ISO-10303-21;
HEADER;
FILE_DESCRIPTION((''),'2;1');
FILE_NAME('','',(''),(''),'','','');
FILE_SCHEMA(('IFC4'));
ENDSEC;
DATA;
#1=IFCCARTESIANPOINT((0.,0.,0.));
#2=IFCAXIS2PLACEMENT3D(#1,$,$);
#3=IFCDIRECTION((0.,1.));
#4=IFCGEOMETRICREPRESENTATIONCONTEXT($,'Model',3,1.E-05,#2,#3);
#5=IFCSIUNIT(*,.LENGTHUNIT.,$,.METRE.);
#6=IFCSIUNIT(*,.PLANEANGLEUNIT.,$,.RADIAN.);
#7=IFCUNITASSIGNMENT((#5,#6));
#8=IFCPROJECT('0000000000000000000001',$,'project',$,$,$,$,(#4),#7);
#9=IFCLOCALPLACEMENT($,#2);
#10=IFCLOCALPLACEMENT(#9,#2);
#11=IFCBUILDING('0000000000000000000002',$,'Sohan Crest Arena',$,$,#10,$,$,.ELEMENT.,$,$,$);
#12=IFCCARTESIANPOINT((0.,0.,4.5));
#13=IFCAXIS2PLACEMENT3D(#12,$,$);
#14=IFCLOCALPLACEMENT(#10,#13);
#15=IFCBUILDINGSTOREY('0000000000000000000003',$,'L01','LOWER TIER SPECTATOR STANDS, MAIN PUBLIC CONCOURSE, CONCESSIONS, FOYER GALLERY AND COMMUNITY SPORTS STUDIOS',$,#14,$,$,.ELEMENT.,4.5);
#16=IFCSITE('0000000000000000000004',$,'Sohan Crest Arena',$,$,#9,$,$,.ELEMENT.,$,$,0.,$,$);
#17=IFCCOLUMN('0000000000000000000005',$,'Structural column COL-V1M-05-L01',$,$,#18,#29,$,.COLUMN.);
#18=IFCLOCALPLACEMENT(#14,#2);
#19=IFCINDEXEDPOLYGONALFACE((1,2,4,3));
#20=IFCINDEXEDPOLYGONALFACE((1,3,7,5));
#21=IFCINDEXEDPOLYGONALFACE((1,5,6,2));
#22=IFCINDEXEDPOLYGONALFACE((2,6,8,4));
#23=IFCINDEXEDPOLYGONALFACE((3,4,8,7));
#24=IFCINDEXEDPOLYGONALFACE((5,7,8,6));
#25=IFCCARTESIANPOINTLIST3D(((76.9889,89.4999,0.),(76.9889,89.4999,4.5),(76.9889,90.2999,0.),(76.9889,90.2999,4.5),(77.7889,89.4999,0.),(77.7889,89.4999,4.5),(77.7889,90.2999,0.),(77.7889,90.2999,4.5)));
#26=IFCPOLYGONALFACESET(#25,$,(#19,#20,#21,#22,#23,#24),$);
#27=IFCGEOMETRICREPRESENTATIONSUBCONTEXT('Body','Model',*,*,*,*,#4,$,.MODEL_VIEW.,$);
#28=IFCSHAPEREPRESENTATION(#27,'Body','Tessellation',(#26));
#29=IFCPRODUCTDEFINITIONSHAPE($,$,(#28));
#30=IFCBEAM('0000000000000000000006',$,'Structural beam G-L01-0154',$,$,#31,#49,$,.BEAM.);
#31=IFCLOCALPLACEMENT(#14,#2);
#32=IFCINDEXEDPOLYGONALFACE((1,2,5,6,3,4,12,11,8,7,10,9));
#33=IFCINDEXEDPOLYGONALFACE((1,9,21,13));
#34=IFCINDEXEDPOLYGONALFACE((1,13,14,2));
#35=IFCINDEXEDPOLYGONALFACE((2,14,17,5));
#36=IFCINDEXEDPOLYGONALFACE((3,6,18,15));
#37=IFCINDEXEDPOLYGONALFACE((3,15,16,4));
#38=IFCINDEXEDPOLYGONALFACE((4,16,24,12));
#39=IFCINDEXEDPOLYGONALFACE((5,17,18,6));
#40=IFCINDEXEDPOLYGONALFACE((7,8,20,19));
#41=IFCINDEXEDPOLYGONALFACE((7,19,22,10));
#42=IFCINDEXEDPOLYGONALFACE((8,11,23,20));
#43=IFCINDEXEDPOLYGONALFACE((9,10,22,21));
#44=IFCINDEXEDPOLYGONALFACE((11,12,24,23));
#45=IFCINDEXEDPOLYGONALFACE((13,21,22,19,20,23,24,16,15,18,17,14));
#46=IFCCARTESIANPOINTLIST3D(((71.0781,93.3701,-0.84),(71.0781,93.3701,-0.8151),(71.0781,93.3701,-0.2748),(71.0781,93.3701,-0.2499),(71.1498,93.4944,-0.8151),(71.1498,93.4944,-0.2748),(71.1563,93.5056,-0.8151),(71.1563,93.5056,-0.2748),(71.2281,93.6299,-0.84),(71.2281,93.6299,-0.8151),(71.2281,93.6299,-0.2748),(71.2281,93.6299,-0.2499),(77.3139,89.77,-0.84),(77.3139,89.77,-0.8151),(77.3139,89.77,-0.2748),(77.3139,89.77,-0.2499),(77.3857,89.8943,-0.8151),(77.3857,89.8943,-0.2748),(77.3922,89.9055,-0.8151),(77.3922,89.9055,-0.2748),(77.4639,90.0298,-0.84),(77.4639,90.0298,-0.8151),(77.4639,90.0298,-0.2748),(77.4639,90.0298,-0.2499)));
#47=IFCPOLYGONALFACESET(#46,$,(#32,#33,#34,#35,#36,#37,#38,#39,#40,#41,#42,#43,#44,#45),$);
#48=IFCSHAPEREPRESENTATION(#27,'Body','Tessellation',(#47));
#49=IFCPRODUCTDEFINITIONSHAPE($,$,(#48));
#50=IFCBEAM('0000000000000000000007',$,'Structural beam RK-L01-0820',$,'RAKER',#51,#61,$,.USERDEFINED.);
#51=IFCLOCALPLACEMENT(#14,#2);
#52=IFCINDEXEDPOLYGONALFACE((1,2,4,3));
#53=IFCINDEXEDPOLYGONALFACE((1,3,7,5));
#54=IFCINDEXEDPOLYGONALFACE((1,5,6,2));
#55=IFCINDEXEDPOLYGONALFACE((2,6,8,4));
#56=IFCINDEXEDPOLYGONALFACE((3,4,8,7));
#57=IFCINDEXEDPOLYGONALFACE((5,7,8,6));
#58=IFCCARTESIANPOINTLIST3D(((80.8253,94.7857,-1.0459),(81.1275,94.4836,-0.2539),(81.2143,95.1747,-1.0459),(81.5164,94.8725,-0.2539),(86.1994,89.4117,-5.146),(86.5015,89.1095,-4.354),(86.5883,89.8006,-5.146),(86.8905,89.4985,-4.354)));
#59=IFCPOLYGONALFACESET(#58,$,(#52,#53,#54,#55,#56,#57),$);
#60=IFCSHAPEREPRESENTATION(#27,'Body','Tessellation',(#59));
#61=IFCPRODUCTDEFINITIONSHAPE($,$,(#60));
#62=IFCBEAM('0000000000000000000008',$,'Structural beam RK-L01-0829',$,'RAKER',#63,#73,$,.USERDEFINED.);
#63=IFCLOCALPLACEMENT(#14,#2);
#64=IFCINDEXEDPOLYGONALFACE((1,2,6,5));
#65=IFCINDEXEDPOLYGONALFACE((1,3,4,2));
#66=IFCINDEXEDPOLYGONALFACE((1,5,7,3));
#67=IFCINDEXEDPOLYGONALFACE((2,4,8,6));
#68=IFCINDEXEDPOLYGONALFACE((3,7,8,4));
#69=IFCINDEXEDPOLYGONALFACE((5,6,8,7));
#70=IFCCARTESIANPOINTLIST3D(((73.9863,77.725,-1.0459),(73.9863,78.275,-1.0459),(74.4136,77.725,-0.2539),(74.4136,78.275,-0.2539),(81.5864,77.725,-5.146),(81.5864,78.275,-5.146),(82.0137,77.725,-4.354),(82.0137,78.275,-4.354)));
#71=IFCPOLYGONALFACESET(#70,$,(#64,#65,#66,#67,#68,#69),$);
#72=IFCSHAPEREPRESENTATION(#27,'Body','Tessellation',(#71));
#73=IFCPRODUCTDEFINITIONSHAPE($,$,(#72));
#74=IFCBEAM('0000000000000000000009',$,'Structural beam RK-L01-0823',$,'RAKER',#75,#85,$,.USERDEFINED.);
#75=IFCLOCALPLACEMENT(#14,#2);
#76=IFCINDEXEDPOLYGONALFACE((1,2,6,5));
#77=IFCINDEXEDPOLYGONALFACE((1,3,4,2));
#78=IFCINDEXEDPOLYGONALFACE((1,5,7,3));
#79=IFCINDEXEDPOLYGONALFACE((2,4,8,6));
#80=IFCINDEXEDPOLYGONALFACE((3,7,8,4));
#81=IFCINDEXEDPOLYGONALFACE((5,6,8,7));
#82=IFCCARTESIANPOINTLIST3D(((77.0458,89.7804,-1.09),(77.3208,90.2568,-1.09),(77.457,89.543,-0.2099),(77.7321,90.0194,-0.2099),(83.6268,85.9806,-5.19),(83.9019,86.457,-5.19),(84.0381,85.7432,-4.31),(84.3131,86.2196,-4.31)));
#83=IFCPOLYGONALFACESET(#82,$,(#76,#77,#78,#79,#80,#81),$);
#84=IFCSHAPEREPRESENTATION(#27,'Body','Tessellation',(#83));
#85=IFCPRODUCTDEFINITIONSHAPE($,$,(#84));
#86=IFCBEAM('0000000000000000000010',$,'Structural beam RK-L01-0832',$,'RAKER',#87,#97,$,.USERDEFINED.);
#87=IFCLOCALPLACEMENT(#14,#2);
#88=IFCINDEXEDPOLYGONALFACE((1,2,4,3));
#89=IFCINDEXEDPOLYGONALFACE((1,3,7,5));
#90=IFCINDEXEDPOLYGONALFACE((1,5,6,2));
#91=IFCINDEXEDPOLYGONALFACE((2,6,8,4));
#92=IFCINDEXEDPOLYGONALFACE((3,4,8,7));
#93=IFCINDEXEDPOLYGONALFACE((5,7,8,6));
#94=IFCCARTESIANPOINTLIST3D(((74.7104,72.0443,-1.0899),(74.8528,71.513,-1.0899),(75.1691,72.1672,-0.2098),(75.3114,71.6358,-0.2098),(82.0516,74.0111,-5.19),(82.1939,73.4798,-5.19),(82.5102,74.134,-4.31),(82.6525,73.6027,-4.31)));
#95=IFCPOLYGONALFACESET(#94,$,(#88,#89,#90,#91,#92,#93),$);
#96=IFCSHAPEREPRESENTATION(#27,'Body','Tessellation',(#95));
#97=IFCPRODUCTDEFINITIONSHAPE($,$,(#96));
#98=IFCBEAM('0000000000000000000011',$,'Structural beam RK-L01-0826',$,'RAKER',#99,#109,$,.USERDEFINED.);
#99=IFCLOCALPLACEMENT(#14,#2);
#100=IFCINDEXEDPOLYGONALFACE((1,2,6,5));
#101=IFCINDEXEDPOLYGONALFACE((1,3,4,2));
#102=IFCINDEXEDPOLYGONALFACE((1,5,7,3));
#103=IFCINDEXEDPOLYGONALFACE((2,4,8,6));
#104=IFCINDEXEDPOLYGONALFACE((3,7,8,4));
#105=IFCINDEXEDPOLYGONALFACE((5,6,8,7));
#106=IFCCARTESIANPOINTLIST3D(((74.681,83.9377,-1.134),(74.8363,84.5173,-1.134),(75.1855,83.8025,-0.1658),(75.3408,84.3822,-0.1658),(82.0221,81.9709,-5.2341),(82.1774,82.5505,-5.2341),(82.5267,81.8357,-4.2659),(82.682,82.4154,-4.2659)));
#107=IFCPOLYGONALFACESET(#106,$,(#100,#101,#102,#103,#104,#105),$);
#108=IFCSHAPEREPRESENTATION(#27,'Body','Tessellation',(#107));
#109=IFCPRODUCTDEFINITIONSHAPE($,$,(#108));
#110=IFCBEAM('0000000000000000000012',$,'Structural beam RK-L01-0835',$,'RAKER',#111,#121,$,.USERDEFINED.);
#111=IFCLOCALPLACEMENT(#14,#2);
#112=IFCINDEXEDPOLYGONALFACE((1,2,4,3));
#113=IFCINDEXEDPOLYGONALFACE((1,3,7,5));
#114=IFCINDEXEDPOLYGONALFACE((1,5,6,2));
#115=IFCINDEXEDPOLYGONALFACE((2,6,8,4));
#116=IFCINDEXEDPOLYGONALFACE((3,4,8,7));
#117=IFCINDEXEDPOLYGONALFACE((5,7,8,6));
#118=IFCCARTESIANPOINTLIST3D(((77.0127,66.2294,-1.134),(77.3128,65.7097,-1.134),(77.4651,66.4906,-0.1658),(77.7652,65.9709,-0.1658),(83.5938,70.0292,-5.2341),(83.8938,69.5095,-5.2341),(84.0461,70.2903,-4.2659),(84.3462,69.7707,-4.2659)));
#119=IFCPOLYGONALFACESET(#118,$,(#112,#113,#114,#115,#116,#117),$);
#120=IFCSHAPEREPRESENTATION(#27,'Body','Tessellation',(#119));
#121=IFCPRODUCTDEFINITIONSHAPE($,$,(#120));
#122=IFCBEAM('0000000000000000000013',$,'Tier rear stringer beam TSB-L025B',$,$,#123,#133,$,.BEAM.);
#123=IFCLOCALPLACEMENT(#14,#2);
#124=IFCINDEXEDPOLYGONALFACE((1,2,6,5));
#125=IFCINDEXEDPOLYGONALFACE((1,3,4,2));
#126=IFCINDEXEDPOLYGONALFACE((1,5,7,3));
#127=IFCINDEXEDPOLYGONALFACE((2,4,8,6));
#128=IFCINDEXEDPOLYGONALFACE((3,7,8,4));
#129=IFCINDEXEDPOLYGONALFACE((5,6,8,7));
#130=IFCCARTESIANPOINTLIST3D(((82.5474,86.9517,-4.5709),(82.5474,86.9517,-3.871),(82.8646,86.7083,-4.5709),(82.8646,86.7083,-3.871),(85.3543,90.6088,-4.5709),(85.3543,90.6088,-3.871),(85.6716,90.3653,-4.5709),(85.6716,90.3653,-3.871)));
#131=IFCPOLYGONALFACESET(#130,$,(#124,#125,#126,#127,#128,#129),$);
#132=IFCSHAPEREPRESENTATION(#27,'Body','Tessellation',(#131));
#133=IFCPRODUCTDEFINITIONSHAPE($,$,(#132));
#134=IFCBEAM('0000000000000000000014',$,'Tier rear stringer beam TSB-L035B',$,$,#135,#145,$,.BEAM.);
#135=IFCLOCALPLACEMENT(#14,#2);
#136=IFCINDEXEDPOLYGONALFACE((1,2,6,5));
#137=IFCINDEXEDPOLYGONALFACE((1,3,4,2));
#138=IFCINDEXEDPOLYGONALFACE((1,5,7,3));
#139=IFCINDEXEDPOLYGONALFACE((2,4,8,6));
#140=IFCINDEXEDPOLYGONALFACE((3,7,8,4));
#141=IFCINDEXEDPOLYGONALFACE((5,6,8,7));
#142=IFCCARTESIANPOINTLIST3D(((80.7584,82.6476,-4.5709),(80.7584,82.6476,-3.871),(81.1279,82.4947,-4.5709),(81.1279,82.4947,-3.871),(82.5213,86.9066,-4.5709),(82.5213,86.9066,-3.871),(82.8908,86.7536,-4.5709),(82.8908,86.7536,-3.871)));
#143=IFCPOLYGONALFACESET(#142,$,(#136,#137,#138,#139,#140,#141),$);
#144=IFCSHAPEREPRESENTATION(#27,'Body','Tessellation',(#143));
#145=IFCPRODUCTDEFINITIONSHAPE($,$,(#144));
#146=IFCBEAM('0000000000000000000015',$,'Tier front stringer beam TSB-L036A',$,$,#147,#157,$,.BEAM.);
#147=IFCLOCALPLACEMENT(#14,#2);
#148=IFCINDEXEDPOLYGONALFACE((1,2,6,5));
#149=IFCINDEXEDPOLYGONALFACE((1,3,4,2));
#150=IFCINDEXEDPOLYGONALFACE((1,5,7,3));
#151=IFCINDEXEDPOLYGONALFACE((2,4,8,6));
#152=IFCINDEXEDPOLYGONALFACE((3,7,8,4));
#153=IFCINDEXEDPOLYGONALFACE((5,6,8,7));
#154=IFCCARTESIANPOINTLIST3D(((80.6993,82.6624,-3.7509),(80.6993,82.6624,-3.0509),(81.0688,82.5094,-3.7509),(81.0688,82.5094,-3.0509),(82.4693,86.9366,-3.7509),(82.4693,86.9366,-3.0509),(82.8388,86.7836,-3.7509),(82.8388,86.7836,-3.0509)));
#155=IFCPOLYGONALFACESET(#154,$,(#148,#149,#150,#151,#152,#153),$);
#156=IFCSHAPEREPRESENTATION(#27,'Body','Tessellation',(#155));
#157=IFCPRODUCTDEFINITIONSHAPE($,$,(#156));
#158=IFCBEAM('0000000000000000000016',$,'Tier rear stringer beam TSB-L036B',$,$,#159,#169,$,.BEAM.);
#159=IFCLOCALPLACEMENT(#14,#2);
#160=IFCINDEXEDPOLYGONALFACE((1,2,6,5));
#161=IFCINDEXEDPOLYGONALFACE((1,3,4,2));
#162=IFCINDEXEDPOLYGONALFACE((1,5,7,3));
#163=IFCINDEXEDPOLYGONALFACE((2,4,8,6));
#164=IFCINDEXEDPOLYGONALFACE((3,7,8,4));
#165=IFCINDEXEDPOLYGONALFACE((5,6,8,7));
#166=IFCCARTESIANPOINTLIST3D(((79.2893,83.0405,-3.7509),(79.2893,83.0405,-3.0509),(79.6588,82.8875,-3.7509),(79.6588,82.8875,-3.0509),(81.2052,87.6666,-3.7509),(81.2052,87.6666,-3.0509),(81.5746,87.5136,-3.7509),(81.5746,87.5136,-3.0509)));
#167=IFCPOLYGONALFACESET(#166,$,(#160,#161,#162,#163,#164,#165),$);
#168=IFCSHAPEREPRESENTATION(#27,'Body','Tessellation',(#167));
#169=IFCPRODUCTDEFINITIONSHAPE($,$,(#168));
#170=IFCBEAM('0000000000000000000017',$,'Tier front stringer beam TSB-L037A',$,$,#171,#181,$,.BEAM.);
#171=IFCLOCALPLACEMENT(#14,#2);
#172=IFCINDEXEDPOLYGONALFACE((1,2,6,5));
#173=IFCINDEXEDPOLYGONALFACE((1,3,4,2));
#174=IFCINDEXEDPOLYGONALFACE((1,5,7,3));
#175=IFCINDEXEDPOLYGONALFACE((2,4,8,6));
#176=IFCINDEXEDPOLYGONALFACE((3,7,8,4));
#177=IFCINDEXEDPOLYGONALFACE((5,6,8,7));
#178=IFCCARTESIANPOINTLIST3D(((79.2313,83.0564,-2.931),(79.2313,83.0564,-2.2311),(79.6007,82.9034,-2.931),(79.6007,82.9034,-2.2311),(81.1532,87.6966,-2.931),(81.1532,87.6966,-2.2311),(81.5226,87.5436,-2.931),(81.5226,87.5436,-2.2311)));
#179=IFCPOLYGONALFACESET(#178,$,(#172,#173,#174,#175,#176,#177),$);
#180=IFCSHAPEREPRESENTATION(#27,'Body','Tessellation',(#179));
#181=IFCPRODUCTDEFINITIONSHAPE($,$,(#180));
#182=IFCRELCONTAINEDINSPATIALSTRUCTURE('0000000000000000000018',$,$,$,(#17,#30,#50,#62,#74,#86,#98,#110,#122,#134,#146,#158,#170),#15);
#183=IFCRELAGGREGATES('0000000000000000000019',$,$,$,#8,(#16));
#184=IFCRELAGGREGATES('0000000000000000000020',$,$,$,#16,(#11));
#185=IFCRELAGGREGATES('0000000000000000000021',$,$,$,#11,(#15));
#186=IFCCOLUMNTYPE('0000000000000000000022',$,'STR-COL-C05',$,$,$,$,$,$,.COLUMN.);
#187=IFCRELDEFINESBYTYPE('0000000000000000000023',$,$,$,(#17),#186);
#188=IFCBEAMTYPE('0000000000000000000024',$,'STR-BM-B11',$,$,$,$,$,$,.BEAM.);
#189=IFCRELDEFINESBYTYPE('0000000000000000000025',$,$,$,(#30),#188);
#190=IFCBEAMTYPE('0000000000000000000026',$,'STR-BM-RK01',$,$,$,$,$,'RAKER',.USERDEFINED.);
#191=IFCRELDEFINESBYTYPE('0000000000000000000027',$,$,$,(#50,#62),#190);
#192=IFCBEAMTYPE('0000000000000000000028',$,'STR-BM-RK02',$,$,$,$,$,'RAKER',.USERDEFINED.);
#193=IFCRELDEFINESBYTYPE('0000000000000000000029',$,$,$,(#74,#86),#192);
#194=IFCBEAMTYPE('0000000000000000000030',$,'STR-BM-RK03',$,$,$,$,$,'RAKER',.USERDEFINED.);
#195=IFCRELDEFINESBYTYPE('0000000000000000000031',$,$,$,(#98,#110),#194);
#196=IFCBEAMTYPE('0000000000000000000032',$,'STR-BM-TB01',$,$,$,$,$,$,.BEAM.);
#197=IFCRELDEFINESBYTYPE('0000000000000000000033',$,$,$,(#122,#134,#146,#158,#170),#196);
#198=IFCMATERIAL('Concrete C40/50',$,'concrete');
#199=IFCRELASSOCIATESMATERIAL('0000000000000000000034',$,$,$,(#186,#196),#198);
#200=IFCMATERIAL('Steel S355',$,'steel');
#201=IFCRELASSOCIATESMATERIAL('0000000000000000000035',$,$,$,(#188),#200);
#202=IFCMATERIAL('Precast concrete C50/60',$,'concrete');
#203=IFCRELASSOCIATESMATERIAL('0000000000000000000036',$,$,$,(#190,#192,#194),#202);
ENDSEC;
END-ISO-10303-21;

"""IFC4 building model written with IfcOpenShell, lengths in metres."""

from ifc_helpers import new_model, si_unit, direction, frame, origin, origin_2d, place, context, subcontext, project, spatial, rectangle, i_section, extrude, material, material_profile, profile_set, type_object, element, save


model = new_model("IFC4")

# Units and contexts
model_context = context("Model", 3, precision=1e-05, world=origin(), true_north=direction((0.0, 1.0)))
body_context = subcontext(model_context, "Body", "Model", "MODEL_VIEW")
ifc_project = project(units=[si_unit("LENGTHUNIT", "METRE"), si_unit("PLANEANGLEUNIT", "RADIAN")], contexts=[model_context])

# Site, building, storey
site_placement = place(None, origin())
site = spatial("IfcSite", under=ifc_project, at=site_placement, Name="Sohan Crest Arena", CompositionType="ELEMENT", RefElevation=0.0)
building_placement = place(site_placement, origin())
building = spatial("IfcBuilding", under=site, at=building_placement, Name="Sohan Crest Arena", CompositionType="ELEMENT")
storey_placement = place(building_placement, frame((0.0, 0.0, 4.5)))
storey = spatial("IfcBuildingStorey", under=building, at=storey_placement, Name="L01", Description="LOWER TIER SPECTATOR STANDS, MAIN PUBLIC CONCOURSE, CONCESSIONS, FOYER GALLERY AND COMMUNITY SPORTS STUDIOS", CompositionType="ELEMENT", Elevation=4.5)

# Column
ifc_material_1 = material(Name="Concrete C40/50", Category="concrete")
ifc_material_profile_1 = material_profile(ifc_material_1, rectangle(XDim=0.8, YDim=0.8, at=origin_2d()), Name="RC 800x800")
ifc_profile_set_1 = profile_set([ifc_material_profile_1], Name="Concrete C40/50")
column_type = type_object("IfcColumnType", Name="STR-COL-C05", PredefinedType="COLUMN", material=ifc_profile_set_1)
column_placement = place(storey_placement, frame((77.3889, 89.8999, 0.0), z_axis=(0.0, 0.0, 1.0), x_axis=(1.0, 0.0, 0.0)))
element("IfcColumn", 1, at=column_placement, inside=storey, type_object=column_type, Name="Structural column COL-V1M-05-L01", PredefinedType="COLUMN", context=body_context, shape_type="SweptSolid", body=[
    extrude(rectangle(XDim=0.8, YDim=0.8, at=origin_2d()), origin(), (0.0, 0.0, 1.0), 4.5),
])

# Beams
ifc_material_2 = material(Name="Steel S355", Category="steel")
ifc_material_profile_2 = material_profile(ifc_material_2, i_section(OverallWidth=0.3, OverallDepth=0.5901, WebThickness=0.0129, FlangeThickness=0.0249, at=origin_2d()), Name="HEA 600")
ifc_profile_set_2 = profile_set([ifc_material_profile_2], Name="Steel S355")
beam_type_1 = type_object("IfcBeamType", Name="STR-BM-B11", PredefinedType="BEAM", material=ifc_profile_set_2)
beam_1_placement = place(storey_placement, frame((77.3889, 89.8999, -0.5449), z_axis=(-0.866035, 0.499983, 0.0), x_axis=(-0.499983, -0.866035, 0.0)))
element("IfcBeam", 2, at=beam_1_placement, inside=storey, type_object=beam_type_1, Name="Structural beam G-L01-0154", PredefinedType="BEAM", context=body_context, shape_type="SweptSolid", body=[
    extrude(i_section(OverallWidth=0.3, OverallDepth=0.5901, WebThickness=0.0129, FlangeThickness=0.0249, at=origin_2d()), origin(), (0.0, 0.0, 1.0), 7.2004),
])
ifc_material_3 = material(Name="Precast concrete C50/60", Category="concrete")
ifc_material_profile_3 = material_profile(ifc_material_3, rectangle(XDim=0.55, YDim=0.8999, at=origin_2d()), Name="RAKER 550x900")
ifc_profile_set_3 = profile_set([ifc_material_profile_3], Name="Precast concrete C50/60")
beam_type_2 = type_object("IfcBeamType", Name="STR-BM-RK01", ElementType="RAKER", PredefinedType="USERDEFINED", material=ifc_profile_set_3)
for number, where, z_axis, x_axis, name in (
    (3, (86.5449, 89.4551, -4.75), (-0.622321, 0.622321, 0.474798), (-0.707107, -0.707107, 0.0), "Structural beam RK-L01-0820"),
    (4, (81.8, 78.0, -4.75), (-0.880097, 0.0, 0.474794), (0.0, -1.0, 0.0), "Structural beam RK-L01-0829"),
):
    element("IfcBeam", number, at=place(storey_placement, frame(where, z_axis=z_axis, x_axis=x_axis)), inside=storey, type_object=beam_type_2, Name=name, ObjectType="RAKER", PredefinedType="USERDEFINED", context=body_context, shape_type="SweptSolid", body=[
        extrude(rectangle(XDim=0.55, YDim=0.8999, at=origin_2d()), origin(), (0.0, 0.0, 1.0), 8.6355),
    ])
ifc_material_profile_4 = material_profile(ifc_material_3, rectangle(XDim=0.55, YDim=1.0, at=origin_2d()), Name="RAKER 550x1000")
ifc_profile_set_4 = profile_set([ifc_material_profile_4], Name="Precast concrete C50/60")
beam_type_3 = type_object("IfcBeamType", Name="STR-BM-RK02", ElementType="RAKER", PredefinedType="USERDEFINED", material=ifc_profile_set_4)
beam_2_placement = place(storey_placement, frame((83.97, 86.1001, -4.75), z_axis=(-0.762156, 0.440058, 0.474835), x_axis=(-0.500023, -0.866012, 0.0)))
element("IfcBeam", 5, at=beam_2_placement, inside=storey, type_object=beam_type_3, Name="Structural beam RK-L01-0823", ObjectType="RAKER", PredefinedType="USERDEFINED", context=body_context, shape_type="SweptSolid", body=[
    extrude(rectangle(XDim=0.55, YDim=1.0, at=origin_2d()), origin(), (0.0, 0.0, 1.0), 8.6348),
])
beam_3_placement = place(storey_placement, frame((82.3521, 73.8069, -4.75), z_axis=(-0.850112, -0.22776, 0.474801), x_axis=(0.25879, -0.965934, 0.0)))
element("IfcBeam", 6, at=beam_3_placement, inside=storey, type_object=beam_type_3, Name="Structural beam RK-L01-0832", ObjectType="RAKER", PredefinedType="USERDEFINED", context=body_context, shape_type="SweptSolid", body=[
    extrude(rectangle(XDim=0.55, YDim=1.0, at=origin_2d()), origin(), (0.0, 0.0, 1.0), 8.6355),
])
ifc_material_profile_5 = material_profile(ifc_material_3, rectangle(XDim=0.6001, YDim=1.1001, at=origin_2d()), Name="RAKER 600x1100")
ifc_profile_set_5 = profile_set([ifc_material_profile_5], Name="Precast concrete C50/60")
beam_type_4 = type_object("IfcBeamType", Name="STR-BM-RK03", ElementType="RAKER", PredefinedType="USERDEFINED", material=ifc_profile_set_5)
beam_4_placement = place(storey_placement, frame((82.3521, 82.1931, -4.75), z_axis=(-0.850112, 0.22776, 0.474801), x_axis=(-0.25879, -0.965934, 0.0)))
element("IfcBeam", 7, at=beam_4_placement, inside=storey, type_object=beam_type_4, Name="Structural beam RK-L01-0826", ObjectType="RAKER", PredefinedType="USERDEFINED", context=body_context, shape_type="SweptSolid", body=[
    extrude(rectangle(XDim=0.6001, YDim=1.1001, at=origin_2d()), origin(), (0.0, 0.0, 1.0), 8.6355),
])
beam_5_placement = place(storey_placement, frame((83.97, 69.8999, -4.75), z_axis=(-0.762156, -0.440058, 0.474835), x_axis=(0.500023, -0.866012, 0.0)))
element("IfcBeam", 8, at=beam_5_placement, inside=storey, type_object=beam_type_4, Name="Structural beam RK-L01-0835", ObjectType="RAKER", PredefinedType="USERDEFINED", context=body_context, shape_type="SweptSolid", body=[
    extrude(rectangle(XDim=0.6001, YDim=1.1001, at=origin_2d()), origin(), (0.0, 0.0, 1.0), 8.6348),
])
ifc_material_profile_6 = material_profile(ifc_material_1, rectangle(XDim=0.3999, YDim=0.7, at=origin_2d()), Name="RC-BM 400x700")
ifc_profile_set_6 = profile_set([ifc_material_profile_6], Name="Concrete C40/50")
beam_type_5 = type_object("IfcBeamType", Name="STR-BM-TB01", PredefinedType="BEAM", material=ifc_profile_set_6)
beam_6_placement = place(storey_placement, frame((85.5129, 90.4871, -4.2209), z_axis=(-0.608868, -0.793271, 0.0), x_axis=(0.793271, -0.608868, 0.0)))
element("IfcBeam", 9, at=beam_6_placement, inside=storey, type_object=beam_type_5, Name="Tier rear stringer beam TSB-L025B", PredefinedType="BEAM", context=body_context, shape_type="SweptSolid", body=[
    extrude(rectangle(XDim=0.3999, YDim=0.7, at=origin_2d()), origin(), (0.0, 0.0, 1.0), 4.6101),
])
beam_7_placement = place(storey_placement, frame((82.7061, 86.8301, -4.2209), z_axis=(-0.382459, -0.923972, 0.0), x_axis=(0.923972, -0.382459, 0.0)))
element("IfcBeam", 10, at=beam_7_placement, inside=storey, type_object=beam_type_5, Name="Tier rear stringer beam TSB-L035B", PredefinedType="BEAM", context=body_context, shape_type="SweptSolid", body=[
    extrude(rectangle(XDim=0.3999, YDim=0.7, at=origin_2d()), origin(), (0.0, 0.0, 1.0), 4.6094),
])
beam_8_placement = place(storey_placement, frame((82.6541, 86.8601, -3.4009), z_axis=(-0.38261, -0.92391, 0.0), x_axis=(0.92391, -0.38261, 0.0)))
element("IfcBeam", 11, at=beam_8_placement, inside=storey, type_object=beam_type_5, Name="Tier front stringer beam TSB-L036A", PredefinedType="BEAM", context=body_context, shape_type="SweptSolid", body=[
    extrude(rectangle(XDim=0.3999, YDim=0.7, at=origin_2d()), origin(), (0.0, 0.0, 1.0), 4.6262),
])
beam_9_placement = place(storey_placement, frame((81.3899, 87.5901, -3.4009), z_axis=(-0.38262, -0.923906, 0.0), x_axis=(0.923906, -0.38262, 0.0)))
element("IfcBeam", 12, at=beam_9_placement, inside=storey, type_object=beam_type_5, Name="Tier rear stringer beam TSB-L036B", PredefinedType="BEAM", context=body_context, shape_type="SweptSolid", body=[
    extrude(rectangle(XDim=0.3999, YDim=0.7, at=origin_2d()), origin(), (0.0, 0.0, 1.0), 5.0071),
])
beam_10_placement = place(storey_placement, frame((81.3379, 87.6201, -2.5811), z_axis=(-0.382661, -0.923889, 0.0), x_axis=(0.923889, -0.382661, 0.0)))
element("IfcBeam", 13, at=beam_10_placement, inside=storey, type_object=beam_type_5, Name="Tier front stringer beam TSB-L037A", PredefinedType="BEAM", context=body_context, shape_type="SweptSolid", body=[
    extrude(rectangle(XDim=0.3999, YDim=0.7, at=origin_2d()), origin(), (0.0, 0.0, 1.0), 5.0225),
])

save(model, "model.ifc")
